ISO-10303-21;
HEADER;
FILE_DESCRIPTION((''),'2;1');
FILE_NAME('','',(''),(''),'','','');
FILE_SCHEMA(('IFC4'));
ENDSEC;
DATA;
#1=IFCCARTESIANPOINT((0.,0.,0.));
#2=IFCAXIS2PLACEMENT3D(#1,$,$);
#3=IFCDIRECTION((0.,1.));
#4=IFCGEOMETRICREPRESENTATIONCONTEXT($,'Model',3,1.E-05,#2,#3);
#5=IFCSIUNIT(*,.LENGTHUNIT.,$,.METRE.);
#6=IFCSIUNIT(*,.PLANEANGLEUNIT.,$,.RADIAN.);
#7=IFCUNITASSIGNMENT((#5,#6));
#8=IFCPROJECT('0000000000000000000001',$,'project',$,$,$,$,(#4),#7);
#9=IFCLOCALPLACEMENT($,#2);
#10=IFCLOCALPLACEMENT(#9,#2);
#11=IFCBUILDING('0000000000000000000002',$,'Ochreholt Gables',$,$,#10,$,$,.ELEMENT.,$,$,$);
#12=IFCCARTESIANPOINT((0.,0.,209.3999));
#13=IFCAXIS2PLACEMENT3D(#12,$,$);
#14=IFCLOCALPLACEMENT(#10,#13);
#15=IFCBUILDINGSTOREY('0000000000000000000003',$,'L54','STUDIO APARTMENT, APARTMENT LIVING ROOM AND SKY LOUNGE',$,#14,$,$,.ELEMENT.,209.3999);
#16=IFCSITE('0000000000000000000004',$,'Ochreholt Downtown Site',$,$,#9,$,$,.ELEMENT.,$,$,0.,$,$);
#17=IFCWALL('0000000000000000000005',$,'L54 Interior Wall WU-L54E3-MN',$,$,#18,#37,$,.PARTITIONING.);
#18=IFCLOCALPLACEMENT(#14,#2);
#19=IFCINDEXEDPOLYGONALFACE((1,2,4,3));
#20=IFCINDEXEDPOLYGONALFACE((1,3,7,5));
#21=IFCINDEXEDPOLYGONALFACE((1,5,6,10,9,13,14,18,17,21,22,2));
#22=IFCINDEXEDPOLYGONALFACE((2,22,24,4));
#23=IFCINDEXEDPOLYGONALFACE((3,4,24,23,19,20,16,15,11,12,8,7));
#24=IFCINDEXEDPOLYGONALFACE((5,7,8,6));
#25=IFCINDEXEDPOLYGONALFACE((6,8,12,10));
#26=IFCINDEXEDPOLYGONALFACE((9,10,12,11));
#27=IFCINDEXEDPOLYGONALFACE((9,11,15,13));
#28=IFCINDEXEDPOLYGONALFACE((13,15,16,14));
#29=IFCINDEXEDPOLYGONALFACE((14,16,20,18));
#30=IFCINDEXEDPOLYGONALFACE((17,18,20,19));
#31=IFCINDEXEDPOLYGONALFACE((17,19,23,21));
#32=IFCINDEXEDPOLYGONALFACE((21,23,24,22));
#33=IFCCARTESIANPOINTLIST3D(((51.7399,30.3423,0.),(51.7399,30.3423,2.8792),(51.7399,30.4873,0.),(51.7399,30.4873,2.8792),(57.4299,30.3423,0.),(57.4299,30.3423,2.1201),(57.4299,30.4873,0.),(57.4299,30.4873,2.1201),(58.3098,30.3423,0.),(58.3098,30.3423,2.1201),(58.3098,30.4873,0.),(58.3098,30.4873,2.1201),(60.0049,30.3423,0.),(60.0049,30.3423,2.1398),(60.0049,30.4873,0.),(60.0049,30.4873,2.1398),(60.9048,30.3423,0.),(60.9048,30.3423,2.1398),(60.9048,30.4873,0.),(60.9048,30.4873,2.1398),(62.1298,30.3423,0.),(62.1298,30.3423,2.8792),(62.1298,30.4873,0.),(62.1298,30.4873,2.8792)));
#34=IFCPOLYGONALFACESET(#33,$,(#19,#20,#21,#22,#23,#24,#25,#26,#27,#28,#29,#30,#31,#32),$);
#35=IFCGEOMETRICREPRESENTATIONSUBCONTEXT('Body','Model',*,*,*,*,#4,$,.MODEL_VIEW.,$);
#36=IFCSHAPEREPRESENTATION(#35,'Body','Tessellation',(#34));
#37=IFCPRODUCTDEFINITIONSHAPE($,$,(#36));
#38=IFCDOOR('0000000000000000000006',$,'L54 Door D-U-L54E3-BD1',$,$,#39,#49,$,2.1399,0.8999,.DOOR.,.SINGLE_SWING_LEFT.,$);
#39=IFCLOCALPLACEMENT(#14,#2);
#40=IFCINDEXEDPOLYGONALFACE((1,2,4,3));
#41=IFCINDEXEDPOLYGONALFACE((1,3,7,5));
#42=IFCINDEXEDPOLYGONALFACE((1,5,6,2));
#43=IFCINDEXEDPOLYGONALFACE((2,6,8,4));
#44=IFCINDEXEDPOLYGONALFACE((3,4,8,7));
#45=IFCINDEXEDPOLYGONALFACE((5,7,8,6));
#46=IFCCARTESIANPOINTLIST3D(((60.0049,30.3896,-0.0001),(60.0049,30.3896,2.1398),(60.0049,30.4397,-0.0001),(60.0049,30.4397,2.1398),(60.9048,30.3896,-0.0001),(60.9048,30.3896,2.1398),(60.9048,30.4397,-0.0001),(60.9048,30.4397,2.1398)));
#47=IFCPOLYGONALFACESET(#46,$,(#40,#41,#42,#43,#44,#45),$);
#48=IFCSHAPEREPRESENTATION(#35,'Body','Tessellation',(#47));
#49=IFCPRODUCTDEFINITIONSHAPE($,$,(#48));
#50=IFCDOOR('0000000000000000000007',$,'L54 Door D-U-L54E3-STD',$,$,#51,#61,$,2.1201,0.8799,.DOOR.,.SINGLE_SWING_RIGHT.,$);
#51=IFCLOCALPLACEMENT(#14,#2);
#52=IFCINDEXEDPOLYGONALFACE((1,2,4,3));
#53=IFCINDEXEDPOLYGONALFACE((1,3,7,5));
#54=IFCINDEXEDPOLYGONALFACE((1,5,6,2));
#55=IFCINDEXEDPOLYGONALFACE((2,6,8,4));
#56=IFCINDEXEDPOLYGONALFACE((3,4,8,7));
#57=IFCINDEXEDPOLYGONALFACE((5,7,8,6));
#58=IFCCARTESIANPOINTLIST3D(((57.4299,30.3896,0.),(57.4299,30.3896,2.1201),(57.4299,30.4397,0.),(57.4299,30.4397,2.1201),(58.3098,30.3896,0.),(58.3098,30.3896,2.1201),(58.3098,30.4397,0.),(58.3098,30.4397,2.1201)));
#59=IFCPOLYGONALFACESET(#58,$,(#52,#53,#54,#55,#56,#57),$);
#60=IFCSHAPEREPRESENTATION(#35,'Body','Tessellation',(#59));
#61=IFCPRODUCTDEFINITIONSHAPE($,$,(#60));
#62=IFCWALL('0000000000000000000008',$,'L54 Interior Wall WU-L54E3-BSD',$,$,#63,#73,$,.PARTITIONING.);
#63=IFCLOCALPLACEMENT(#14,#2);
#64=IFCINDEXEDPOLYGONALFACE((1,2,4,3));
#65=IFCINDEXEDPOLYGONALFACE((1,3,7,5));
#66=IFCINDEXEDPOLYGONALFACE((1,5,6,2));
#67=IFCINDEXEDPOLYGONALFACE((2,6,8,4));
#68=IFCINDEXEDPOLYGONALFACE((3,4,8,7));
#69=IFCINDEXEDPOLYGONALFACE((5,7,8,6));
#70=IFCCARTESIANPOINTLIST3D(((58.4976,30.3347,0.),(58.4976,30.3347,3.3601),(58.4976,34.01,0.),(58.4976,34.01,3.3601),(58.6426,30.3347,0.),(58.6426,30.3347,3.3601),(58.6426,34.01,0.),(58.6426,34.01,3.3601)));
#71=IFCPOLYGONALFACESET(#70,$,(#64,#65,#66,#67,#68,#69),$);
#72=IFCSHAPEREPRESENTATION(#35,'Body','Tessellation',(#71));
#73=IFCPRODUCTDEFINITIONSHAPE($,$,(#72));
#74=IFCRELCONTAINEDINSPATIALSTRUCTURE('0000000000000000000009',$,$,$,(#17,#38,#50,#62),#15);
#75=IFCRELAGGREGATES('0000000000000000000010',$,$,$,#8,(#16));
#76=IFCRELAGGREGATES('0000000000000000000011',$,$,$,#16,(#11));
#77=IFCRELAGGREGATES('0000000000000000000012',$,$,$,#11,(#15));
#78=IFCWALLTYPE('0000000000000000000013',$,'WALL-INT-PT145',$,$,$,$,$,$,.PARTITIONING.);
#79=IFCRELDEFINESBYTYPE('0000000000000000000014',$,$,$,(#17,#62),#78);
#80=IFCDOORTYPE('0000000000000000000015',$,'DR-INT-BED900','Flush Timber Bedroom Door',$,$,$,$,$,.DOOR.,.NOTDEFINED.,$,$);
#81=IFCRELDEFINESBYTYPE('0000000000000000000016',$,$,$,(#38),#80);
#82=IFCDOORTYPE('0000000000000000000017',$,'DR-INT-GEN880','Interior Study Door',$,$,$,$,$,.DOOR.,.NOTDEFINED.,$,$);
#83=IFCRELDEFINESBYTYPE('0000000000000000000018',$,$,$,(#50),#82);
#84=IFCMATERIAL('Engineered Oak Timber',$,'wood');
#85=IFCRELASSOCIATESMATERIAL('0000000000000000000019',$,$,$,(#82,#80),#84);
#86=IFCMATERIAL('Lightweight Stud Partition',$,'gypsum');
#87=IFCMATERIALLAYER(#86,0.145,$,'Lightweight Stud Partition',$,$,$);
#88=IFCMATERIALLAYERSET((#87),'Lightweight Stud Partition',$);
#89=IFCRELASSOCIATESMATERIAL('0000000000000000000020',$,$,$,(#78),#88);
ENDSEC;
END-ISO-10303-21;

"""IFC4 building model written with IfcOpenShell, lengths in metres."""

from ifc_helpers import new_model, si_unit, direction, frame, frame_2d, origin, place, context, subcontext, project, spatial, rectangle, extrude, material, layer, layer_set, type_object, element, fill, save


model = new_model("IFC4")

# Units and contexts
model_context = context("Model", 3, precision=1e-05, world=origin(), true_north=direction((0.0, 1.0)))
body_context = subcontext(model_context, "Body", "Model", "MODEL_VIEW")
ifc_project = project(units=[si_unit("LENGTHUNIT", "METRE"), si_unit("PLANEANGLEUNIT", "RADIAN")], contexts=[model_context])

# Site, building, storey
site_placement = place(None, origin())
site = spatial("IfcSite", under=ifc_project, at=site_placement, Name="Ochreholt Downtown Site", CompositionType="ELEMENT", RefElevation=0.0)
building_placement = place(site_placement, origin())
building = spatial("IfcBuilding", under=site, at=building_placement, Name="Ochreholt Gables", CompositionType="ELEMENT")
storey_placement = place(building_placement, frame((0.0, 0.0, 209.3999)))
storey = spatial("IfcBuildingStorey", under=building, at=storey_placement, Name="L54", Description="STUDIO APARTMENT, APARTMENT LIVING ROOM AND SKY LOUNGE", CompositionType="ELEMENT", Elevation=209.3999)

# Shared definitions
ifc_material_1 = material(Name="Engineered Oak Timber", Category="wood")

# Shared definitions
door_type_1 = type_object("IfcDoorType", Name="DR-INT-GEN880", Description="Interior Study Door", OperationType="NOTDEFINED", PredefinedType="DOOR", material=ifc_material_1)

# Wall, openings, doors
ifc_material_2 = material(Name="Lightweight Stud Partition", Category="gypsum")
ifc_layer_1 = layer(ifc_material_2, 0.145, Name="Lightweight Stud Partition")
ifc_layer_set_1 = layer_set([ifc_layer_1], Name="Lightweight Stud Partition")
wall_type_1 = type_object("IfcWallType", Name="WALL-INT-PT145", PredefinedType="PARTITIONING", material=ifc_layer_set_1)
wall_1_placement = place(storey_placement, frame((51.74, 30.4148, 0.0), z_axis=(0.0, 0.0, 1.0), x_axis=(1.0, 0.0, 0.0)))
wall_1 = element("IfcWall", 1, at=wall_1_placement, inside=storey, type_object=wall_type_1, Name="L54 Interior Wall WU-L54E3-MN", PredefinedType="PARTITIONING", context=body_context, shape_type="SweptSolid", body=[
    extrude(rectangle(XDim=10.3899, YDim=0.145, at=frame_2d((5.1948, 0.0))), origin(), (0.0, 0.0, 1.0), 2.8792),
])
opening_1_placement = place(wall_1_placement, frame((5.6899, 0.0, 0.0)))
opening_1 = element("IfcOpeningElement", 2, at=opening_1_placement, cuts=wall_1, PredefinedType="OPENING", context=body_context, shape_type="SweptSolid", body=[
    extrude(rectangle(XDim=0.8799, YDim=2.1201, at=frame_2d((0.4399, 1.0601))), frame((0.0, 0.0825, 0.0), z_axis=(0.0, -1.0, 0.0), x_axis=(1.0, 0.0, 0.0)), (0.0, 0.0, 1.0), 0.165),
])
opening_2_placement = place(wall_1_placement, frame((8.2649, 0.0, 0.0)))
opening_2 = element("IfcOpeningElement", 3, at=opening_2_placement, cuts=wall_1, PredefinedType="OPENING", context=body_context, shape_type="SweptSolid", body=[
    extrude(rectangle(XDim=0.8999, YDim=2.1399, at=frame_2d((0.45, 1.0698))), frame((0.0, 0.0825, 0.0), z_axis=(0.0, -1.0, 0.0), x_axis=(1.0, 0.0, 0.0)), (0.0, 0.0, 1.0), 0.165),
])
door_type_2 = type_object("IfcDoorType", Name="DR-INT-BED900", Description="Flush Timber Bedroom Door", OperationType="NOTDEFINED", PredefinedType="DOOR", material=ifc_material_1)
door_1_placement = place(opening_2_placement, origin())
door_1 = element("IfcDoor", 4, at=door_1_placement, inside=storey, type_object=door_type_2, Name="L54 Door D-U-L54E3-BD1", OperationType="SINGLE_SWING_LEFT", OverallHeight=2.1399, OverallWidth=0.8999, PredefinedType="DOOR", context=body_context, shape_type="SweptSolid", body=[
    extrude(rectangle(XDim=0.8999, YDim=2.1399, at=frame_2d((0.45, 1.0698))), frame((0.0, 0.0249, 0.0), z_axis=(0.0, -1.0, 0.0), x_axis=(1.0, 0.0, 0.0)), (0.0, 0.0, 1.0), 0.05),
])
fill(opening_2, door_1)
door_2_placement = place(opening_1_placement, origin())
door_2 = element("IfcDoor", 5, at=door_2_placement, inside=storey, type_object=door_type_1, Name="L54 Door D-U-L54E3-STD", OperationType="SINGLE_SWING_RIGHT", OverallHeight=2.1201, OverallWidth=0.8799, PredefinedType="DOOR", context=body_context, shape_type="SweptSolid", body=[
    extrude(rectangle(XDim=0.8799, YDim=2.1201, at=frame_2d((0.4399, 1.0601))), frame((0.0, 0.0249, 0.0), z_axis=(0.0, -1.0, 0.0), x_axis=(1.0, 0.0, 0.0)), (0.0, 0.0, 1.0), 0.05),
])
fill(opening_1, door_2)

# Wall
wall_2_placement = place(storey_placement, frame((58.5701, 30.3347, 0.0), z_axis=(0.0, 0.0, 1.0), x_axis=(0.0, 1.0, 0.0)))
element("IfcWall", 6, at=wall_2_placement, inside=storey, type_object=wall_type_1, Name="L54 Interior Wall WU-L54E3-BSD", PredefinedType="PARTITIONING", context=body_context, shape_type="SweptSolid", body=[
    extrude(rectangle(XDim=3.6753, YDim=0.145, at=frame_2d((1.8376, 0.0))), origin(), (0.0, 0.0, 1.0), 3.3601),
])

save(model, "model.ifc")
